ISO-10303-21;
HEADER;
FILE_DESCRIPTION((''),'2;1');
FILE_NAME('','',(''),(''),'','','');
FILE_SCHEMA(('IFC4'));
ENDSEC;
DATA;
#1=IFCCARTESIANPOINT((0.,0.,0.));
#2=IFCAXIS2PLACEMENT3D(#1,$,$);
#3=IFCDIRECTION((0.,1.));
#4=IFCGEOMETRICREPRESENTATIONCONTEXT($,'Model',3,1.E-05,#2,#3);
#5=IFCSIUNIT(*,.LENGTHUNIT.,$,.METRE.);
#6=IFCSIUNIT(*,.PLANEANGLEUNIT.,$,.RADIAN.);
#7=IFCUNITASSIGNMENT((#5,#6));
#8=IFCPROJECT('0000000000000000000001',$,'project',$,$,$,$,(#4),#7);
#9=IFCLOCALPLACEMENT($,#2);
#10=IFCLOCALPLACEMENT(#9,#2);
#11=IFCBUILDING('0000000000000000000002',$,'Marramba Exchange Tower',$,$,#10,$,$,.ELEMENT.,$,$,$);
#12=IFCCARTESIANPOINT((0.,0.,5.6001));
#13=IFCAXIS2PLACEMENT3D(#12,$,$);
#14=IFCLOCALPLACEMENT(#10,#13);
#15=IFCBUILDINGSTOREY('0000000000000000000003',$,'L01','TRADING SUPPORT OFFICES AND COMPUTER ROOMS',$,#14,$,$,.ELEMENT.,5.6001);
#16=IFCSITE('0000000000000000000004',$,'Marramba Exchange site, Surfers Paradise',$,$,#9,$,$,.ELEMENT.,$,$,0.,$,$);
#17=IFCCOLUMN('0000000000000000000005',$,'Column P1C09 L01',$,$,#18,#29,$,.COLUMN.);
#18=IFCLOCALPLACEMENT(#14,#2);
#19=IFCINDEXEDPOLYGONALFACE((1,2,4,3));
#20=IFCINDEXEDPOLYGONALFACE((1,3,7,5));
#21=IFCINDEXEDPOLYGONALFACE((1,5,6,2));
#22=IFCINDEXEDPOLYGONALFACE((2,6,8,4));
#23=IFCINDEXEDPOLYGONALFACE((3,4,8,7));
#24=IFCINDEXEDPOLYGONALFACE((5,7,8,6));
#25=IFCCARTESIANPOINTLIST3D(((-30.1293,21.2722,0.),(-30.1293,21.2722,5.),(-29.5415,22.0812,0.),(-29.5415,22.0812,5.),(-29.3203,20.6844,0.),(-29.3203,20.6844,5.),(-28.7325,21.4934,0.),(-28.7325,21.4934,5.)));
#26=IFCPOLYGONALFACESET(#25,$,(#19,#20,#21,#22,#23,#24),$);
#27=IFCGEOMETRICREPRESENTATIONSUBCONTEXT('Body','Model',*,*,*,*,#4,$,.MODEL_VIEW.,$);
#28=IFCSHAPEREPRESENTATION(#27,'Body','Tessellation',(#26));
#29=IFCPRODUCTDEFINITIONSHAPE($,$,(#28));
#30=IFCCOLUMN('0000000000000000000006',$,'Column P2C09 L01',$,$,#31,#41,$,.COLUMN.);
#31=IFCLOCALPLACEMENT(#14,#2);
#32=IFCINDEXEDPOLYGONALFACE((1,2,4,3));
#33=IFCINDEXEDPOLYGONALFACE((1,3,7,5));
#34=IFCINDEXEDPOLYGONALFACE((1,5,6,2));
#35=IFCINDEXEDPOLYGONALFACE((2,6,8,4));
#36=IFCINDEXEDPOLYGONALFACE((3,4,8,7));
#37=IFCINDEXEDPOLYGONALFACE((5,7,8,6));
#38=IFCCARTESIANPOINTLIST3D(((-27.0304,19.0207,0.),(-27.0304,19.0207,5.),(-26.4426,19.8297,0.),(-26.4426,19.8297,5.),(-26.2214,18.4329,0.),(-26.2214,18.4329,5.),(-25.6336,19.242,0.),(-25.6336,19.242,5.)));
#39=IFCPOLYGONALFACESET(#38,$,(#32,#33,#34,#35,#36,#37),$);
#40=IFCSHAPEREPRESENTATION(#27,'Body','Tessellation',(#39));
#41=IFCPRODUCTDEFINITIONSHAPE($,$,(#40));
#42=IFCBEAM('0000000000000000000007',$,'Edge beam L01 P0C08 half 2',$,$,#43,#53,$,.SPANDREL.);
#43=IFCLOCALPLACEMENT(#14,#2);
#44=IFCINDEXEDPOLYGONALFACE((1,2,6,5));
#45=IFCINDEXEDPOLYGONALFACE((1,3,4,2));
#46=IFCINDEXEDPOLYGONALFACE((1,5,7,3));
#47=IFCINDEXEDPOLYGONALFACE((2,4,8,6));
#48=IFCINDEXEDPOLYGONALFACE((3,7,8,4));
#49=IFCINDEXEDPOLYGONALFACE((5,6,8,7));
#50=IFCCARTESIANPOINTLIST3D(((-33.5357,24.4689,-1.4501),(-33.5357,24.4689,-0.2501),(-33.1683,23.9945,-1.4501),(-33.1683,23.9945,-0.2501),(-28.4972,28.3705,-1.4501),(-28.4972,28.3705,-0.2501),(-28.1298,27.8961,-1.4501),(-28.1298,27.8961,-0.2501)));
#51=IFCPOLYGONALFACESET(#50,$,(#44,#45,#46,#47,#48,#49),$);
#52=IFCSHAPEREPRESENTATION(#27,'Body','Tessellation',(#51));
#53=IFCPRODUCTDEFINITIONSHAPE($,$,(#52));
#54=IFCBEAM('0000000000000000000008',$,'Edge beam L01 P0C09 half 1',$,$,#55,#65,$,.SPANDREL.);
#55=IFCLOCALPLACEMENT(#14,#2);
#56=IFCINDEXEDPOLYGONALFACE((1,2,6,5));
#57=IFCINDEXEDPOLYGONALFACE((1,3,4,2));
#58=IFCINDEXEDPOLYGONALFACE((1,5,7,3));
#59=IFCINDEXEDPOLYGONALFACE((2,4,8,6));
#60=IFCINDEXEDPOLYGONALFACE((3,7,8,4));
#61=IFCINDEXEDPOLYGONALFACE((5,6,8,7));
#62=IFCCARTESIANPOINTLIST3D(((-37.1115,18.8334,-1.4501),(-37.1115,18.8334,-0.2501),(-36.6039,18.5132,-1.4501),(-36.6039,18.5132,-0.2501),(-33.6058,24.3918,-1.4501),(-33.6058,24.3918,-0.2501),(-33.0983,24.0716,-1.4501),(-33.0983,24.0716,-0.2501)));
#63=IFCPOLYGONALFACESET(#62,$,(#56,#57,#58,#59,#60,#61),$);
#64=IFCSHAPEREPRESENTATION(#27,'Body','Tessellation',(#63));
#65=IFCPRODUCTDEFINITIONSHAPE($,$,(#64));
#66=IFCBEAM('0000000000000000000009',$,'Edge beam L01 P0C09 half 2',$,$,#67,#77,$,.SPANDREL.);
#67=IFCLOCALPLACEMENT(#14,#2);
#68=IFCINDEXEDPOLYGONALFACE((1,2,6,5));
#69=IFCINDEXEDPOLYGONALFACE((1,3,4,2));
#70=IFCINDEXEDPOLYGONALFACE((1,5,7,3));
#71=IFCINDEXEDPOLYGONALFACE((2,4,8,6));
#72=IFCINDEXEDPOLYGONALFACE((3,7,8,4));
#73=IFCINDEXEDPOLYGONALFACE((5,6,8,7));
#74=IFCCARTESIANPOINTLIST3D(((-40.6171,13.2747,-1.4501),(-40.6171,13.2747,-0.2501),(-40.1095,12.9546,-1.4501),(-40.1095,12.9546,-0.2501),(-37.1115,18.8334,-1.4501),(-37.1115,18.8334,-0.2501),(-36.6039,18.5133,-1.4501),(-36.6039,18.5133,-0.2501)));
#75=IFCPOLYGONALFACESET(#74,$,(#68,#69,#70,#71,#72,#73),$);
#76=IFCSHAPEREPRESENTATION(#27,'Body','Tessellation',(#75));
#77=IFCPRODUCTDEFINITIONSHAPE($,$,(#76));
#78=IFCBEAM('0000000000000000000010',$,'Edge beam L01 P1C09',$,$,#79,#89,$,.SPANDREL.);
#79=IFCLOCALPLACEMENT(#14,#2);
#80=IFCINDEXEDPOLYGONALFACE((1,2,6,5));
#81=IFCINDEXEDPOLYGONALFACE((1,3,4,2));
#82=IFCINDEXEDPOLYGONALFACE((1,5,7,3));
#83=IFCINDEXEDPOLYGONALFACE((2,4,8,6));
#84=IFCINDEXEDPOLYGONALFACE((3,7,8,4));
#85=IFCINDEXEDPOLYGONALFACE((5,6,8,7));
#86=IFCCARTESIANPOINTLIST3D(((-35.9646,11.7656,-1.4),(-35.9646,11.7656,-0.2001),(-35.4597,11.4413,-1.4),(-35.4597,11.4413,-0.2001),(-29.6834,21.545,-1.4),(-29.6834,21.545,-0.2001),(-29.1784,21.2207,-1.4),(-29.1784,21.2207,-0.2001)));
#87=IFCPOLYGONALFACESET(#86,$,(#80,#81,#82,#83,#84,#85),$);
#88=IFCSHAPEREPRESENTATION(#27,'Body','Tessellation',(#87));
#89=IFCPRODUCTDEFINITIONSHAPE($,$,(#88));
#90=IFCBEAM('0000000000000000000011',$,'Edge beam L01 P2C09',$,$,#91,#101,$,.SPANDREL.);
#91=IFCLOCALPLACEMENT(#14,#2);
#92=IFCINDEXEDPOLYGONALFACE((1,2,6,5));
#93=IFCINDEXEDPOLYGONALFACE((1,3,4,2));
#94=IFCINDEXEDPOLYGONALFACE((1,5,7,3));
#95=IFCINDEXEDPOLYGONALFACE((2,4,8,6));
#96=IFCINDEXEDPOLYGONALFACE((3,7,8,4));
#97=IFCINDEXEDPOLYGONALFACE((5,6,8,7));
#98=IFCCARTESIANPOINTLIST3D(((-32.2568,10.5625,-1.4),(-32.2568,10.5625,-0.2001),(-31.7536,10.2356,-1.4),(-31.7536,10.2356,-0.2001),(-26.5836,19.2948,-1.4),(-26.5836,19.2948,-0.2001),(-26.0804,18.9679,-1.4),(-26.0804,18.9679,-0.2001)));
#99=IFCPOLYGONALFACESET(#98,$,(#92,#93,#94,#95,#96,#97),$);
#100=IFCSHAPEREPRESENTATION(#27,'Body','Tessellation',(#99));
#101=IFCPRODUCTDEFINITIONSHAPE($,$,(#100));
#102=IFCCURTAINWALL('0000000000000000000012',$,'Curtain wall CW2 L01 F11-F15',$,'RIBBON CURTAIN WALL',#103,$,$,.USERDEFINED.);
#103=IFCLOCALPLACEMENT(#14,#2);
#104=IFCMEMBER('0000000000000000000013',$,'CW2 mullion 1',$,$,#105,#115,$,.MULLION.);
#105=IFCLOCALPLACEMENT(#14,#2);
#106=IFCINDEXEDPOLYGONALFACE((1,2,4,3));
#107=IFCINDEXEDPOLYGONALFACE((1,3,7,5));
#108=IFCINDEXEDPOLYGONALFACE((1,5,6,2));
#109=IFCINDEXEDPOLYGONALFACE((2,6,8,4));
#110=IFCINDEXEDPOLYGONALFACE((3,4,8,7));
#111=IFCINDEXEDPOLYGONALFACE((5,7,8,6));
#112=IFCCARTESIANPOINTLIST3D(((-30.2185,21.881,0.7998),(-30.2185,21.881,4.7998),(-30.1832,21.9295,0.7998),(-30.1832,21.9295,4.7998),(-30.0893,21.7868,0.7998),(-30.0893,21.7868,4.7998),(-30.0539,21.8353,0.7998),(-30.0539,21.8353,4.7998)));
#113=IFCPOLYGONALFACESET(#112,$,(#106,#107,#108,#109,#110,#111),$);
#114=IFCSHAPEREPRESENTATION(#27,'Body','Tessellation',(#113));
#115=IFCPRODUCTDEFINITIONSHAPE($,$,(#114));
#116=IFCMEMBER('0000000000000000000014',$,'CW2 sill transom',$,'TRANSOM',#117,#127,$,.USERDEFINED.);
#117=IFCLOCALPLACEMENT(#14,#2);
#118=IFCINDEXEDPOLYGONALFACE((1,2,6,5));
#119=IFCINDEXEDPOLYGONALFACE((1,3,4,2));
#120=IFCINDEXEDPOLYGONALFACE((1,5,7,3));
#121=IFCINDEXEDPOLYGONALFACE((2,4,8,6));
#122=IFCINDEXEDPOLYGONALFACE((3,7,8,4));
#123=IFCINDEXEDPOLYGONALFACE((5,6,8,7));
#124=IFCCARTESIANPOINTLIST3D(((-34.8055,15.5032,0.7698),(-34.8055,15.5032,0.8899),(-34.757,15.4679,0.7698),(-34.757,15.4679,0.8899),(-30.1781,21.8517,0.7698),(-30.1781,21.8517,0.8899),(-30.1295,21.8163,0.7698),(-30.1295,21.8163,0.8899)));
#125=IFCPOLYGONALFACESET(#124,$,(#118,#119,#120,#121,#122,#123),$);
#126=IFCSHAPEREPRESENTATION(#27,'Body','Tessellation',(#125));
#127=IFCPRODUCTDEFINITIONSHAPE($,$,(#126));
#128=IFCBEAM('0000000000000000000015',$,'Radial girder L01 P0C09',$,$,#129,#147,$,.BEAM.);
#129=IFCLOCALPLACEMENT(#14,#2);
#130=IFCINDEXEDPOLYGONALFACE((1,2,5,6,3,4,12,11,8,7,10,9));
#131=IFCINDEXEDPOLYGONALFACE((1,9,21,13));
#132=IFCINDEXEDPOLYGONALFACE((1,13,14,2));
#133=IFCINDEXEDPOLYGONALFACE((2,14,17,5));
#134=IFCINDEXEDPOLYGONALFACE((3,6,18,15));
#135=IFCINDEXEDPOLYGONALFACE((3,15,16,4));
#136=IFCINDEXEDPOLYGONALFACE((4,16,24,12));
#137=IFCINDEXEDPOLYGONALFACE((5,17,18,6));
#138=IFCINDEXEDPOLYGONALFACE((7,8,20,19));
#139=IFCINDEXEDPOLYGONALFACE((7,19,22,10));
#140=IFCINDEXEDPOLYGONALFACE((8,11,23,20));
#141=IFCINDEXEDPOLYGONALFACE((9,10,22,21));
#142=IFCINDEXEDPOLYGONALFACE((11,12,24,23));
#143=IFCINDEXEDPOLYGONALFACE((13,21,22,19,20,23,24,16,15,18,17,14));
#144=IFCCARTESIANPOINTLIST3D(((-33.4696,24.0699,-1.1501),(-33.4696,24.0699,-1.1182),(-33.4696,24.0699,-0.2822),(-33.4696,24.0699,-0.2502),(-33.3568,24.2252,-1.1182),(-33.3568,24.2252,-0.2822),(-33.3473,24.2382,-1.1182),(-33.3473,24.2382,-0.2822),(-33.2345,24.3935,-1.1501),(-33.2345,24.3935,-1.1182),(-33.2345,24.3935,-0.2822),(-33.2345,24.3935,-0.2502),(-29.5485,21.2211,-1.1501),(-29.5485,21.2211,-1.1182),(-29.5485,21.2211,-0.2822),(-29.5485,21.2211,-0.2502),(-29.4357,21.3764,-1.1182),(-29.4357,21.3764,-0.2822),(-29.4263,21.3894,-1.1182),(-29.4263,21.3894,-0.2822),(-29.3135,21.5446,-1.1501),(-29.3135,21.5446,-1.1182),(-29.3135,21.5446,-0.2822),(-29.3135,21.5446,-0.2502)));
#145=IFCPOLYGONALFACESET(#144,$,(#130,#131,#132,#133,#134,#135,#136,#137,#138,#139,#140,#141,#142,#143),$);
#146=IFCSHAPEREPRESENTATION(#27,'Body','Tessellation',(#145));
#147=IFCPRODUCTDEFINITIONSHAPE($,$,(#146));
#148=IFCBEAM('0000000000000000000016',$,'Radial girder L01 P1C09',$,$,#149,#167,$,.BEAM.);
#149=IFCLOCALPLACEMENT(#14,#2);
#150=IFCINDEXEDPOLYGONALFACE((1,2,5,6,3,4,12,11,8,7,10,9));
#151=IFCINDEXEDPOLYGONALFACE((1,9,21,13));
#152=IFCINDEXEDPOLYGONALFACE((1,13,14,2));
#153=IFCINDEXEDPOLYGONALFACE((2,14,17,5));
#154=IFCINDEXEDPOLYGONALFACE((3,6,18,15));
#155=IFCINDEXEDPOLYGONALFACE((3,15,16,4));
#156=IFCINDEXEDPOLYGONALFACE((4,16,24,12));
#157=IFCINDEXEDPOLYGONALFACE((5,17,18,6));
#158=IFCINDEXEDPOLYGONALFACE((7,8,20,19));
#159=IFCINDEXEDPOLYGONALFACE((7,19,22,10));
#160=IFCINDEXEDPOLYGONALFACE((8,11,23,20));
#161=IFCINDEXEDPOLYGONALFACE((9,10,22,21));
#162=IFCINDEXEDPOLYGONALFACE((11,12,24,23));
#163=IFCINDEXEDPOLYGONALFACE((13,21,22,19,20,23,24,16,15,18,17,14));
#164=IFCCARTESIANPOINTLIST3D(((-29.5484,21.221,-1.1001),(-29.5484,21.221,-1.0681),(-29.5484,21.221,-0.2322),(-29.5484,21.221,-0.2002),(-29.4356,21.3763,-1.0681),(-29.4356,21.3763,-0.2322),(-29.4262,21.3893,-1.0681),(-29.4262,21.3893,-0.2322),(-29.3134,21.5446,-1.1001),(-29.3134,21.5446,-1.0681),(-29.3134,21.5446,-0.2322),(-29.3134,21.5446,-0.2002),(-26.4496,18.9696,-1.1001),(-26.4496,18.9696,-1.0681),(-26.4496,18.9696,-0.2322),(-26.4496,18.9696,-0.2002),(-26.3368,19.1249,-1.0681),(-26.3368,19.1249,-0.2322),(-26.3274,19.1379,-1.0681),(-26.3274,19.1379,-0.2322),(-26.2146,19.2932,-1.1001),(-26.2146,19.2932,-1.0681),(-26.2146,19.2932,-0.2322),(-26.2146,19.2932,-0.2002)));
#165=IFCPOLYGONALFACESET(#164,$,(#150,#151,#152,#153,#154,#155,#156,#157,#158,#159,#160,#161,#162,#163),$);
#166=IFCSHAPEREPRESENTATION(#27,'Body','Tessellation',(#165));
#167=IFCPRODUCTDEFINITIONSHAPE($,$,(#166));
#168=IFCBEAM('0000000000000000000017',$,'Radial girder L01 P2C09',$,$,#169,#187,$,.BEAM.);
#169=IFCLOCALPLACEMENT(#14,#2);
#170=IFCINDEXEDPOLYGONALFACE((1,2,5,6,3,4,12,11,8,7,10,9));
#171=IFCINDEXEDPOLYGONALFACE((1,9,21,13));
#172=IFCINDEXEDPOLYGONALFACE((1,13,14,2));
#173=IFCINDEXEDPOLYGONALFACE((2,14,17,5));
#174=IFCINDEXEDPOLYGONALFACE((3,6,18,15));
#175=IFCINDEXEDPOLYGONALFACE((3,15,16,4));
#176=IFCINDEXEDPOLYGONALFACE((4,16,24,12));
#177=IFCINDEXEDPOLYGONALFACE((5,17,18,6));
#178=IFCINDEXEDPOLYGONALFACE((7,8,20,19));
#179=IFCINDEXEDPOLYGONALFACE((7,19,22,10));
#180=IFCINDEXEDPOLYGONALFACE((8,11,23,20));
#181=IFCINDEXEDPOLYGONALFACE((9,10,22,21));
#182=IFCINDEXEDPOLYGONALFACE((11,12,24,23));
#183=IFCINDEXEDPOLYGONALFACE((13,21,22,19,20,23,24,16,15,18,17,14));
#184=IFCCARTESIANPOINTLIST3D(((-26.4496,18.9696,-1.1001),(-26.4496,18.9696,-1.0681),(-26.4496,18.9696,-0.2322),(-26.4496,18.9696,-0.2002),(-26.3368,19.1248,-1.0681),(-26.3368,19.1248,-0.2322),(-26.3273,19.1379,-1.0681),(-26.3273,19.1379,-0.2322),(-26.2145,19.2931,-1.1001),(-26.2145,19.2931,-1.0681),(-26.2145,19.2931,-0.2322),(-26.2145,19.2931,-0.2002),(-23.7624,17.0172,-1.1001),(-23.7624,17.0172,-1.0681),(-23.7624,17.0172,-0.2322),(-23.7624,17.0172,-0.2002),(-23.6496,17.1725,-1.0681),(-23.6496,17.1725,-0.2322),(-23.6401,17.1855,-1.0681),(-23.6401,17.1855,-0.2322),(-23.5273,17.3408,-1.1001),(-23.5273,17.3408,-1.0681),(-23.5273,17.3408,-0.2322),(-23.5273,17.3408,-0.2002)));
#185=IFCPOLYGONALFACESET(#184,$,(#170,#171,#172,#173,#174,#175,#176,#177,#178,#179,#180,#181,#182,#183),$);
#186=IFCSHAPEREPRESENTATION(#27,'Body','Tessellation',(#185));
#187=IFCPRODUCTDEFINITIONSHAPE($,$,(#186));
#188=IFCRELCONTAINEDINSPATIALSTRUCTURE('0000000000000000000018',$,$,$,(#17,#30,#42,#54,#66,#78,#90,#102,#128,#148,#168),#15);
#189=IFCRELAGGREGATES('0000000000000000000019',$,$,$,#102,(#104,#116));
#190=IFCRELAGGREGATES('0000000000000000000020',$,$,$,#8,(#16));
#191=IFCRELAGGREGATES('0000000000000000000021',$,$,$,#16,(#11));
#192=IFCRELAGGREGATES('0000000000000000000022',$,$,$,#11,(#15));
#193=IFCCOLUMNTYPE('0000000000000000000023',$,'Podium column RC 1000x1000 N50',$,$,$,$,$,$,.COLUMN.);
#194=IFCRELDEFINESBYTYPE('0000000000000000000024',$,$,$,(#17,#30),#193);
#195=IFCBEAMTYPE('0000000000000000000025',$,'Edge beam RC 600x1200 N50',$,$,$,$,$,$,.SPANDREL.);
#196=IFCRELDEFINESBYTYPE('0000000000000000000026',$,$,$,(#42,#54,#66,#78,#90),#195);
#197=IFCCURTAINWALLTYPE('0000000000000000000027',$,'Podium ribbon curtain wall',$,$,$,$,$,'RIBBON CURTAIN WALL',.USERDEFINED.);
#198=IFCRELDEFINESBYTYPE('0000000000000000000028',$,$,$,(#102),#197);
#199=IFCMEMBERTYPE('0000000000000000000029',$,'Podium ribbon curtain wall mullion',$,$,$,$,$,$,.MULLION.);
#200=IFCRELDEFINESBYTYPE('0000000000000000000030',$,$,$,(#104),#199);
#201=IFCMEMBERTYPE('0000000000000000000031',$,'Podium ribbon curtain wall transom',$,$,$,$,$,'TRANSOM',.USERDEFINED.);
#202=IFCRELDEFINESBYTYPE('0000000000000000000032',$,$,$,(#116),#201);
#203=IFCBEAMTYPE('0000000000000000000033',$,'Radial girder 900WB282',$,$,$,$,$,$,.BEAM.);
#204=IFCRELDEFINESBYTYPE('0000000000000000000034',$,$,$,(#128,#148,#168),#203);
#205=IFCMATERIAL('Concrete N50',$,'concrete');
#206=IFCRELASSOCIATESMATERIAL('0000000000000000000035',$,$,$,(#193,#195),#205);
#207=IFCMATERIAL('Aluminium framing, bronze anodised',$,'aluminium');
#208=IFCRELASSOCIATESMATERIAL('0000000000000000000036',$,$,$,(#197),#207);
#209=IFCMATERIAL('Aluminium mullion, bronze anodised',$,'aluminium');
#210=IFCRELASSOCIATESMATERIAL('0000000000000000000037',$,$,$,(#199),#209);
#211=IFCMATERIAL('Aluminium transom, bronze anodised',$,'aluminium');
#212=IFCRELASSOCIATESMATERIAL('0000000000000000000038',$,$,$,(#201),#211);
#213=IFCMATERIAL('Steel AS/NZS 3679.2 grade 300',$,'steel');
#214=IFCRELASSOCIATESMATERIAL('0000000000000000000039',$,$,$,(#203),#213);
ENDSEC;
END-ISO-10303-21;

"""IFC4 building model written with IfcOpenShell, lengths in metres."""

from ifc_helpers import new_model, si_unit, direction, frame, origin, origin_2d, place, context, subcontext, project, spatial, rectangle, i_section, extrude, material, material_profile, profile_set, type_object, element, aggregate, save


model = new_model("IFC4")

# Units and contexts
model_context = context("Model", 3, precision=1e-05, world=origin(), true_north=direction((0.0, 1.0)))
body_context = subcontext(model_context, "Body", "Model", "MODEL_VIEW")
ifc_project = project(units=[si_unit("LENGTHUNIT", "METRE"), si_unit("PLANEANGLEUNIT", "RADIAN")], contexts=[model_context])

# Site, building, storey
site_placement = place(None, origin())
site = spatial("IfcSite", under=ifc_project, at=site_placement, Name="Marramba Exchange site, Surfers Paradise", CompositionType="ELEMENT", RefElevation=0.0)
building_placement = place(site_placement, origin())
building = spatial("IfcBuilding", under=site, at=building_placement, Name="Marramba Exchange Tower", CompositionType="ELEMENT")
storey_placement = place(building_placement, frame((0.0, 0.0, 5.6001)))
storey = spatial("IfcBuildingStorey", under=building, at=storey_placement, Name="L01", Description="TRADING SUPPORT OFFICES AND COMPUTER ROOMS", CompositionType="ELEMENT", Elevation=5.6001)

# Columns
ifc_material_1 = material(Name="Concrete N50", Category="concrete")
ifc_material_profile_1 = material_profile(ifc_material_1, rectangle(XDim=1.0, YDim=1.0, at=origin_2d()), Name="RC 1000x1000")
ifc_profile_set_1 = profile_set([ifc_material_profile_1], Name="Concrete N50")
column_type = type_object("IfcColumnType", Name="Podium column RC 1000x1000 N50", PredefinedType="COLUMN", material=ifc_profile_set_1)
for number, where, z_axis, x_axis, name in (
    (1, (-29.4309, 21.3828, 0.0), (0.0, 0.0, 1.0), (-0.809017, 0.587785, 0.0), "Column P1C09 L01"),
    (2, (-26.332, 19.1313, 0.0), (0.0, 0.0, 1.0), (-0.809017, 0.587785, 0.0), "Column P2C09 L01"),
):
    element("IfcColumn", number, at=place(storey_placement, frame(where, z_axis=z_axis, x_axis=x_axis)), inside=storey, type_object=column_type, Name=name, PredefinedType="COLUMN", context=body_context, shape_type="SweptSolid", body=[
        extrude(rectangle(XDim=1.0, YDim=1.0, at=origin_2d()), origin(), (0.0, 0.0, 1.0), 5.0),
    ])

# Beams
ifc_material_profile_2 = material_profile(ifc_material_1, rectangle(XDim=0.6001, YDim=1.2, at=origin_2d()), Name="RC 600x1200")
ifc_profile_set_2 = profile_set([ifc_material_profile_2], Name="Concrete N50")
beam_type_1 = type_object("IfcBeamType", Name="Edge beam RC 600x1200 N50", PredefinedType="SPANDREL", material=ifc_profile_set_2)
beam_1_placement = place(storey_placement, frame((-28.3135, 28.1333, -0.8501), z_axis=(-0.790664, -0.61225, 0.0), x_axis=(0.61225, -0.790664, 0.0)))
element("IfcBeam", 3, at=beam_1_placement, inside=storey, type_object=beam_type_1, Name="Edge beam L01 P0C08 half 2", PredefinedType="SPANDREL", context=body_context, shape_type="SweptSolid", body=[
    extrude(rectangle(XDim=0.6001, YDim=1.2, at=origin_2d()), origin(), (0.0, 0.0, 1.0), 6.3726),
])
beam_2_placement = place(storey_placement, frame((-33.3521, 24.2317, -0.8501), z_axis=(-0.533458, -0.845827, 0.0), x_axis=(0.845827, -0.533458, 0.0)))
element("IfcBeam", 4, at=beam_2_placement, inside=storey, type_object=beam_type_1, Name="Edge beam L01 P0C09 half 1", PredefinedType="SPANDREL", context=body_context, shape_type="SweptSolid", body=[
    extrude(rectangle(XDim=0.6001, YDim=1.2, at=origin_2d()), origin(), (0.0, 0.0, 1.0), 6.5715),
])
beam_3_placement = place(storey_placement, frame((-36.8577, 18.6733, -0.8501), z_axis=(-0.533441, -0.845837, 0.0), x_axis=(0.845837, -0.533441, 0.0)))
element("IfcBeam", 5, at=beam_3_placement, inside=storey, type_object=beam_type_1, Name="Edge beam L01 P0C09 half 2", PredefinedType="SPANDREL", context=body_context, shape_type="SweptSolid", body=[
    extrude(rectangle(XDim=0.6001, YDim=1.2, at=origin_2d()), origin(), (0.0, 0.0, 1.0), 6.5718),
])
beam_4_placement = place(storey_placement, frame((-29.4309, 21.3828, -0.8), z_axis=(-0.540426, -0.841391, 0.0), x_axis=(0.841391, -0.540426, 0.0)))
element("IfcBeam", 6, at=beam_4_placement, inside=storey, type_object=beam_type_1, Name="Edge beam L01 P1C09", PredefinedType="SPANDREL", context=body_context, shape_type="SweptSolid", body=[
    extrude(rectangle(XDim=0.6001, YDim=1.2, at=origin_2d()), origin(), (0.0, 0.0, 1.0), 11.6228),
])
beam_5_placement = place(storey_placement, frame((-26.332, 19.1313, -0.8), z_axis=(-0.544798, -0.838567, 0.0), x_axis=(0.838567, -0.544798, 0.0)))
element("IfcBeam", 7, at=beam_5_placement, inside=storey, type_object=beam_type_1, Name="Edge beam L01 P2C09", PredefinedType="SPANDREL", context=body_context, shape_type="SweptSolid", body=[
    extrude(rectangle(XDim=0.6001, YDim=1.2, at=origin_2d()), origin(), (0.0, 0.0, 1.0), 10.4133),
])

# Curtain wall, members
ifc_material_2 = material(Name="Aluminium framing, bronze anodised", Category="aluminium")
curtain_wall_type = type_object("IfcCurtainWallType", Name="Podium ribbon curtain wall", ElementType="RIBBON CURTAIN WALL", PredefinedType="USERDEFINED", material=ifc_material_2)
curtain_wall_placement = place(storey_placement, origin())
curtain_wall = element("IfcCurtainWall", 8, at=curtain_wall_placement, inside=storey, type_object=curtain_wall_type, Name="Curtain wall CW2 L01 F11-F15", ObjectType="RIBBON CURTAIN WALL", PredefinedType="USERDEFINED")
ifc_material_3 = material(Name="Aluminium mullion, bronze anodised", Category="aluminium")
ifc_material_profile_3 = material_profile(ifc_material_3, rectangle(XDim=0.1599, YDim=0.0601, at=origin_2d()), Name="CW2 mullion 60x160")
ifc_profile_set_3 = profile_set([ifc_material_profile_3], Name="Aluminium mullion, bronze anodised")
member_type_1 = type_object("IfcMemberType", Name="Podium ribbon curtain wall mullion", PredefinedType="MULLION", material=ifc_profile_set_3)
member_1_placement = place(storey_placement, frame((-30.1362, 21.8582, 0.7998), z_axis=(0.0, 0.0, 1.0), x_axis=(0.8081, -0.589046, 0.0)))
member_1 = element("IfcMember", 9, at=member_1_placement, type_object=member_type_1, Name="CW2 mullion 1", PredefinedType="MULLION", context=body_context, shape_type="SweptSolid", body=[
    extrude(rectangle(XDim=0.1599, YDim=0.0601, at=origin_2d()), origin(), (0.0, 0.0, 1.0), 4.0),
])
ifc_material_4 = material(Name="Aluminium transom, bronze anodised", Category="aluminium")
ifc_material_profile_4 = material_profile(ifc_material_4, rectangle(XDim=0.0601, YDim=0.1201, at=origin_2d()), Name="CW2 transom 60x120")
ifc_profile_set_4 = profile_set([ifc_material_profile_4], Name="Aluminium transom, bronze anodised")
member_type_2 = type_object("IfcMemberType", Name="Podium ribbon curtain wall transom", ElementType="TRANSOM", PredefinedType="USERDEFINED", material=ifc_profile_set_4)
member_2_placement = place(storey_placement, frame((-30.1538, 21.834, 0.8298), z_axis=(-0.58904, -0.808104, 0.0), x_axis=(0.808104, -0.58904, 0.0)))
member_2 = element("IfcMember", 10, at=member_2_placement, type_object=member_type_2, Name="CW2 sill transom", ObjectType="TRANSOM", PredefinedType="USERDEFINED", context=body_context, shape_type="SweptSolid", body=[
    extrude(rectangle(XDim=0.0601, YDim=0.1201, at=origin_2d()), origin(), (0.0, 0.0, 1.0), 7.856),
])

# Beams
ifc_material_5 = material(Name="Steel AS/NZS 3679.2 grade 300", Category="steel")
ifc_material_profile_5 = material_profile(ifc_material_5, i_section(OverallWidth=0.3999, OverallDepth=0.8999, WebThickness=0.0161, FlangeThickness=0.032, at=origin_2d()), Name="900WB282")
ifc_profile_set_5 = profile_set([ifc_material_profile_5], Name="Steel AS/NZS 3679.2 grade 300")
beam_type_2 = type_object("IfcBeamType", Name="Radial girder 900WB282", PredefinedType="BEAM", material=ifc_profile_set_5)
beam_6_placement = place(storey_placement, frame((-33.3521, 24.2317, -0.7002), z_axis=(0.809017, -0.587785, 0.0), x_axis=(0.587785, 0.809017, 0.0)))
element("IfcBeam", 11, at=beam_6_placement, inside=storey, type_object=beam_type_2, Name="Radial girder L01 P0C09", PredefinedType="BEAM", context=body_context, shape_type="SweptSolid", body=[
    extrude(i_section(OverallWidth=0.3999, OverallDepth=0.8999, WebThickness=0.0161, FlangeThickness=0.032, at=origin_2d()), origin(), (0.0, 0.0, 1.0), 4.8467),
])
beam_7_placement = place(storey_placement, frame((-29.4309, 21.3828, -0.6501), z_axis=(0.809017, -0.587785, 0.0), x_axis=(0.587785, 0.809017, 0.0)))
element("IfcBeam", 12, at=beam_7_placement, inside=storey, type_object=beam_type_2, Name="Radial girder L01 P1C09", PredefinedType="BEAM", context=body_context, shape_type="SweptSolid", body=[
    extrude(i_section(OverallWidth=0.3999, OverallDepth=0.8999, WebThickness=0.0161, FlangeThickness=0.032, at=origin_2d()), origin(), (0.0, 0.0, 1.0), 3.8303),
])
beam_8_placement = place(storey_placement, frame((-26.332, 19.1313, -0.6501), z_axis=(0.809019, -0.587783, 0.0), x_axis=(0.587783, 0.809019, 0.0)))
element("IfcBeam", 13, at=beam_8_placement, inside=storey, type_object=beam_type_2, Name="Radial girder L01 P2C09", PredefinedType="BEAM", context=body_context, shape_type="SweptSolid", body=[
    extrude(i_section(OverallWidth=0.3999, OverallDepth=0.8999, WebThickness=0.0161, FlangeThickness=0.032, at=origin_2d()), origin(), (0.0, 0.0, 1.0), 3.3215),
])

aggregate(curtain_wall, [member_1, member_2])

save(model, "model.ifc")
